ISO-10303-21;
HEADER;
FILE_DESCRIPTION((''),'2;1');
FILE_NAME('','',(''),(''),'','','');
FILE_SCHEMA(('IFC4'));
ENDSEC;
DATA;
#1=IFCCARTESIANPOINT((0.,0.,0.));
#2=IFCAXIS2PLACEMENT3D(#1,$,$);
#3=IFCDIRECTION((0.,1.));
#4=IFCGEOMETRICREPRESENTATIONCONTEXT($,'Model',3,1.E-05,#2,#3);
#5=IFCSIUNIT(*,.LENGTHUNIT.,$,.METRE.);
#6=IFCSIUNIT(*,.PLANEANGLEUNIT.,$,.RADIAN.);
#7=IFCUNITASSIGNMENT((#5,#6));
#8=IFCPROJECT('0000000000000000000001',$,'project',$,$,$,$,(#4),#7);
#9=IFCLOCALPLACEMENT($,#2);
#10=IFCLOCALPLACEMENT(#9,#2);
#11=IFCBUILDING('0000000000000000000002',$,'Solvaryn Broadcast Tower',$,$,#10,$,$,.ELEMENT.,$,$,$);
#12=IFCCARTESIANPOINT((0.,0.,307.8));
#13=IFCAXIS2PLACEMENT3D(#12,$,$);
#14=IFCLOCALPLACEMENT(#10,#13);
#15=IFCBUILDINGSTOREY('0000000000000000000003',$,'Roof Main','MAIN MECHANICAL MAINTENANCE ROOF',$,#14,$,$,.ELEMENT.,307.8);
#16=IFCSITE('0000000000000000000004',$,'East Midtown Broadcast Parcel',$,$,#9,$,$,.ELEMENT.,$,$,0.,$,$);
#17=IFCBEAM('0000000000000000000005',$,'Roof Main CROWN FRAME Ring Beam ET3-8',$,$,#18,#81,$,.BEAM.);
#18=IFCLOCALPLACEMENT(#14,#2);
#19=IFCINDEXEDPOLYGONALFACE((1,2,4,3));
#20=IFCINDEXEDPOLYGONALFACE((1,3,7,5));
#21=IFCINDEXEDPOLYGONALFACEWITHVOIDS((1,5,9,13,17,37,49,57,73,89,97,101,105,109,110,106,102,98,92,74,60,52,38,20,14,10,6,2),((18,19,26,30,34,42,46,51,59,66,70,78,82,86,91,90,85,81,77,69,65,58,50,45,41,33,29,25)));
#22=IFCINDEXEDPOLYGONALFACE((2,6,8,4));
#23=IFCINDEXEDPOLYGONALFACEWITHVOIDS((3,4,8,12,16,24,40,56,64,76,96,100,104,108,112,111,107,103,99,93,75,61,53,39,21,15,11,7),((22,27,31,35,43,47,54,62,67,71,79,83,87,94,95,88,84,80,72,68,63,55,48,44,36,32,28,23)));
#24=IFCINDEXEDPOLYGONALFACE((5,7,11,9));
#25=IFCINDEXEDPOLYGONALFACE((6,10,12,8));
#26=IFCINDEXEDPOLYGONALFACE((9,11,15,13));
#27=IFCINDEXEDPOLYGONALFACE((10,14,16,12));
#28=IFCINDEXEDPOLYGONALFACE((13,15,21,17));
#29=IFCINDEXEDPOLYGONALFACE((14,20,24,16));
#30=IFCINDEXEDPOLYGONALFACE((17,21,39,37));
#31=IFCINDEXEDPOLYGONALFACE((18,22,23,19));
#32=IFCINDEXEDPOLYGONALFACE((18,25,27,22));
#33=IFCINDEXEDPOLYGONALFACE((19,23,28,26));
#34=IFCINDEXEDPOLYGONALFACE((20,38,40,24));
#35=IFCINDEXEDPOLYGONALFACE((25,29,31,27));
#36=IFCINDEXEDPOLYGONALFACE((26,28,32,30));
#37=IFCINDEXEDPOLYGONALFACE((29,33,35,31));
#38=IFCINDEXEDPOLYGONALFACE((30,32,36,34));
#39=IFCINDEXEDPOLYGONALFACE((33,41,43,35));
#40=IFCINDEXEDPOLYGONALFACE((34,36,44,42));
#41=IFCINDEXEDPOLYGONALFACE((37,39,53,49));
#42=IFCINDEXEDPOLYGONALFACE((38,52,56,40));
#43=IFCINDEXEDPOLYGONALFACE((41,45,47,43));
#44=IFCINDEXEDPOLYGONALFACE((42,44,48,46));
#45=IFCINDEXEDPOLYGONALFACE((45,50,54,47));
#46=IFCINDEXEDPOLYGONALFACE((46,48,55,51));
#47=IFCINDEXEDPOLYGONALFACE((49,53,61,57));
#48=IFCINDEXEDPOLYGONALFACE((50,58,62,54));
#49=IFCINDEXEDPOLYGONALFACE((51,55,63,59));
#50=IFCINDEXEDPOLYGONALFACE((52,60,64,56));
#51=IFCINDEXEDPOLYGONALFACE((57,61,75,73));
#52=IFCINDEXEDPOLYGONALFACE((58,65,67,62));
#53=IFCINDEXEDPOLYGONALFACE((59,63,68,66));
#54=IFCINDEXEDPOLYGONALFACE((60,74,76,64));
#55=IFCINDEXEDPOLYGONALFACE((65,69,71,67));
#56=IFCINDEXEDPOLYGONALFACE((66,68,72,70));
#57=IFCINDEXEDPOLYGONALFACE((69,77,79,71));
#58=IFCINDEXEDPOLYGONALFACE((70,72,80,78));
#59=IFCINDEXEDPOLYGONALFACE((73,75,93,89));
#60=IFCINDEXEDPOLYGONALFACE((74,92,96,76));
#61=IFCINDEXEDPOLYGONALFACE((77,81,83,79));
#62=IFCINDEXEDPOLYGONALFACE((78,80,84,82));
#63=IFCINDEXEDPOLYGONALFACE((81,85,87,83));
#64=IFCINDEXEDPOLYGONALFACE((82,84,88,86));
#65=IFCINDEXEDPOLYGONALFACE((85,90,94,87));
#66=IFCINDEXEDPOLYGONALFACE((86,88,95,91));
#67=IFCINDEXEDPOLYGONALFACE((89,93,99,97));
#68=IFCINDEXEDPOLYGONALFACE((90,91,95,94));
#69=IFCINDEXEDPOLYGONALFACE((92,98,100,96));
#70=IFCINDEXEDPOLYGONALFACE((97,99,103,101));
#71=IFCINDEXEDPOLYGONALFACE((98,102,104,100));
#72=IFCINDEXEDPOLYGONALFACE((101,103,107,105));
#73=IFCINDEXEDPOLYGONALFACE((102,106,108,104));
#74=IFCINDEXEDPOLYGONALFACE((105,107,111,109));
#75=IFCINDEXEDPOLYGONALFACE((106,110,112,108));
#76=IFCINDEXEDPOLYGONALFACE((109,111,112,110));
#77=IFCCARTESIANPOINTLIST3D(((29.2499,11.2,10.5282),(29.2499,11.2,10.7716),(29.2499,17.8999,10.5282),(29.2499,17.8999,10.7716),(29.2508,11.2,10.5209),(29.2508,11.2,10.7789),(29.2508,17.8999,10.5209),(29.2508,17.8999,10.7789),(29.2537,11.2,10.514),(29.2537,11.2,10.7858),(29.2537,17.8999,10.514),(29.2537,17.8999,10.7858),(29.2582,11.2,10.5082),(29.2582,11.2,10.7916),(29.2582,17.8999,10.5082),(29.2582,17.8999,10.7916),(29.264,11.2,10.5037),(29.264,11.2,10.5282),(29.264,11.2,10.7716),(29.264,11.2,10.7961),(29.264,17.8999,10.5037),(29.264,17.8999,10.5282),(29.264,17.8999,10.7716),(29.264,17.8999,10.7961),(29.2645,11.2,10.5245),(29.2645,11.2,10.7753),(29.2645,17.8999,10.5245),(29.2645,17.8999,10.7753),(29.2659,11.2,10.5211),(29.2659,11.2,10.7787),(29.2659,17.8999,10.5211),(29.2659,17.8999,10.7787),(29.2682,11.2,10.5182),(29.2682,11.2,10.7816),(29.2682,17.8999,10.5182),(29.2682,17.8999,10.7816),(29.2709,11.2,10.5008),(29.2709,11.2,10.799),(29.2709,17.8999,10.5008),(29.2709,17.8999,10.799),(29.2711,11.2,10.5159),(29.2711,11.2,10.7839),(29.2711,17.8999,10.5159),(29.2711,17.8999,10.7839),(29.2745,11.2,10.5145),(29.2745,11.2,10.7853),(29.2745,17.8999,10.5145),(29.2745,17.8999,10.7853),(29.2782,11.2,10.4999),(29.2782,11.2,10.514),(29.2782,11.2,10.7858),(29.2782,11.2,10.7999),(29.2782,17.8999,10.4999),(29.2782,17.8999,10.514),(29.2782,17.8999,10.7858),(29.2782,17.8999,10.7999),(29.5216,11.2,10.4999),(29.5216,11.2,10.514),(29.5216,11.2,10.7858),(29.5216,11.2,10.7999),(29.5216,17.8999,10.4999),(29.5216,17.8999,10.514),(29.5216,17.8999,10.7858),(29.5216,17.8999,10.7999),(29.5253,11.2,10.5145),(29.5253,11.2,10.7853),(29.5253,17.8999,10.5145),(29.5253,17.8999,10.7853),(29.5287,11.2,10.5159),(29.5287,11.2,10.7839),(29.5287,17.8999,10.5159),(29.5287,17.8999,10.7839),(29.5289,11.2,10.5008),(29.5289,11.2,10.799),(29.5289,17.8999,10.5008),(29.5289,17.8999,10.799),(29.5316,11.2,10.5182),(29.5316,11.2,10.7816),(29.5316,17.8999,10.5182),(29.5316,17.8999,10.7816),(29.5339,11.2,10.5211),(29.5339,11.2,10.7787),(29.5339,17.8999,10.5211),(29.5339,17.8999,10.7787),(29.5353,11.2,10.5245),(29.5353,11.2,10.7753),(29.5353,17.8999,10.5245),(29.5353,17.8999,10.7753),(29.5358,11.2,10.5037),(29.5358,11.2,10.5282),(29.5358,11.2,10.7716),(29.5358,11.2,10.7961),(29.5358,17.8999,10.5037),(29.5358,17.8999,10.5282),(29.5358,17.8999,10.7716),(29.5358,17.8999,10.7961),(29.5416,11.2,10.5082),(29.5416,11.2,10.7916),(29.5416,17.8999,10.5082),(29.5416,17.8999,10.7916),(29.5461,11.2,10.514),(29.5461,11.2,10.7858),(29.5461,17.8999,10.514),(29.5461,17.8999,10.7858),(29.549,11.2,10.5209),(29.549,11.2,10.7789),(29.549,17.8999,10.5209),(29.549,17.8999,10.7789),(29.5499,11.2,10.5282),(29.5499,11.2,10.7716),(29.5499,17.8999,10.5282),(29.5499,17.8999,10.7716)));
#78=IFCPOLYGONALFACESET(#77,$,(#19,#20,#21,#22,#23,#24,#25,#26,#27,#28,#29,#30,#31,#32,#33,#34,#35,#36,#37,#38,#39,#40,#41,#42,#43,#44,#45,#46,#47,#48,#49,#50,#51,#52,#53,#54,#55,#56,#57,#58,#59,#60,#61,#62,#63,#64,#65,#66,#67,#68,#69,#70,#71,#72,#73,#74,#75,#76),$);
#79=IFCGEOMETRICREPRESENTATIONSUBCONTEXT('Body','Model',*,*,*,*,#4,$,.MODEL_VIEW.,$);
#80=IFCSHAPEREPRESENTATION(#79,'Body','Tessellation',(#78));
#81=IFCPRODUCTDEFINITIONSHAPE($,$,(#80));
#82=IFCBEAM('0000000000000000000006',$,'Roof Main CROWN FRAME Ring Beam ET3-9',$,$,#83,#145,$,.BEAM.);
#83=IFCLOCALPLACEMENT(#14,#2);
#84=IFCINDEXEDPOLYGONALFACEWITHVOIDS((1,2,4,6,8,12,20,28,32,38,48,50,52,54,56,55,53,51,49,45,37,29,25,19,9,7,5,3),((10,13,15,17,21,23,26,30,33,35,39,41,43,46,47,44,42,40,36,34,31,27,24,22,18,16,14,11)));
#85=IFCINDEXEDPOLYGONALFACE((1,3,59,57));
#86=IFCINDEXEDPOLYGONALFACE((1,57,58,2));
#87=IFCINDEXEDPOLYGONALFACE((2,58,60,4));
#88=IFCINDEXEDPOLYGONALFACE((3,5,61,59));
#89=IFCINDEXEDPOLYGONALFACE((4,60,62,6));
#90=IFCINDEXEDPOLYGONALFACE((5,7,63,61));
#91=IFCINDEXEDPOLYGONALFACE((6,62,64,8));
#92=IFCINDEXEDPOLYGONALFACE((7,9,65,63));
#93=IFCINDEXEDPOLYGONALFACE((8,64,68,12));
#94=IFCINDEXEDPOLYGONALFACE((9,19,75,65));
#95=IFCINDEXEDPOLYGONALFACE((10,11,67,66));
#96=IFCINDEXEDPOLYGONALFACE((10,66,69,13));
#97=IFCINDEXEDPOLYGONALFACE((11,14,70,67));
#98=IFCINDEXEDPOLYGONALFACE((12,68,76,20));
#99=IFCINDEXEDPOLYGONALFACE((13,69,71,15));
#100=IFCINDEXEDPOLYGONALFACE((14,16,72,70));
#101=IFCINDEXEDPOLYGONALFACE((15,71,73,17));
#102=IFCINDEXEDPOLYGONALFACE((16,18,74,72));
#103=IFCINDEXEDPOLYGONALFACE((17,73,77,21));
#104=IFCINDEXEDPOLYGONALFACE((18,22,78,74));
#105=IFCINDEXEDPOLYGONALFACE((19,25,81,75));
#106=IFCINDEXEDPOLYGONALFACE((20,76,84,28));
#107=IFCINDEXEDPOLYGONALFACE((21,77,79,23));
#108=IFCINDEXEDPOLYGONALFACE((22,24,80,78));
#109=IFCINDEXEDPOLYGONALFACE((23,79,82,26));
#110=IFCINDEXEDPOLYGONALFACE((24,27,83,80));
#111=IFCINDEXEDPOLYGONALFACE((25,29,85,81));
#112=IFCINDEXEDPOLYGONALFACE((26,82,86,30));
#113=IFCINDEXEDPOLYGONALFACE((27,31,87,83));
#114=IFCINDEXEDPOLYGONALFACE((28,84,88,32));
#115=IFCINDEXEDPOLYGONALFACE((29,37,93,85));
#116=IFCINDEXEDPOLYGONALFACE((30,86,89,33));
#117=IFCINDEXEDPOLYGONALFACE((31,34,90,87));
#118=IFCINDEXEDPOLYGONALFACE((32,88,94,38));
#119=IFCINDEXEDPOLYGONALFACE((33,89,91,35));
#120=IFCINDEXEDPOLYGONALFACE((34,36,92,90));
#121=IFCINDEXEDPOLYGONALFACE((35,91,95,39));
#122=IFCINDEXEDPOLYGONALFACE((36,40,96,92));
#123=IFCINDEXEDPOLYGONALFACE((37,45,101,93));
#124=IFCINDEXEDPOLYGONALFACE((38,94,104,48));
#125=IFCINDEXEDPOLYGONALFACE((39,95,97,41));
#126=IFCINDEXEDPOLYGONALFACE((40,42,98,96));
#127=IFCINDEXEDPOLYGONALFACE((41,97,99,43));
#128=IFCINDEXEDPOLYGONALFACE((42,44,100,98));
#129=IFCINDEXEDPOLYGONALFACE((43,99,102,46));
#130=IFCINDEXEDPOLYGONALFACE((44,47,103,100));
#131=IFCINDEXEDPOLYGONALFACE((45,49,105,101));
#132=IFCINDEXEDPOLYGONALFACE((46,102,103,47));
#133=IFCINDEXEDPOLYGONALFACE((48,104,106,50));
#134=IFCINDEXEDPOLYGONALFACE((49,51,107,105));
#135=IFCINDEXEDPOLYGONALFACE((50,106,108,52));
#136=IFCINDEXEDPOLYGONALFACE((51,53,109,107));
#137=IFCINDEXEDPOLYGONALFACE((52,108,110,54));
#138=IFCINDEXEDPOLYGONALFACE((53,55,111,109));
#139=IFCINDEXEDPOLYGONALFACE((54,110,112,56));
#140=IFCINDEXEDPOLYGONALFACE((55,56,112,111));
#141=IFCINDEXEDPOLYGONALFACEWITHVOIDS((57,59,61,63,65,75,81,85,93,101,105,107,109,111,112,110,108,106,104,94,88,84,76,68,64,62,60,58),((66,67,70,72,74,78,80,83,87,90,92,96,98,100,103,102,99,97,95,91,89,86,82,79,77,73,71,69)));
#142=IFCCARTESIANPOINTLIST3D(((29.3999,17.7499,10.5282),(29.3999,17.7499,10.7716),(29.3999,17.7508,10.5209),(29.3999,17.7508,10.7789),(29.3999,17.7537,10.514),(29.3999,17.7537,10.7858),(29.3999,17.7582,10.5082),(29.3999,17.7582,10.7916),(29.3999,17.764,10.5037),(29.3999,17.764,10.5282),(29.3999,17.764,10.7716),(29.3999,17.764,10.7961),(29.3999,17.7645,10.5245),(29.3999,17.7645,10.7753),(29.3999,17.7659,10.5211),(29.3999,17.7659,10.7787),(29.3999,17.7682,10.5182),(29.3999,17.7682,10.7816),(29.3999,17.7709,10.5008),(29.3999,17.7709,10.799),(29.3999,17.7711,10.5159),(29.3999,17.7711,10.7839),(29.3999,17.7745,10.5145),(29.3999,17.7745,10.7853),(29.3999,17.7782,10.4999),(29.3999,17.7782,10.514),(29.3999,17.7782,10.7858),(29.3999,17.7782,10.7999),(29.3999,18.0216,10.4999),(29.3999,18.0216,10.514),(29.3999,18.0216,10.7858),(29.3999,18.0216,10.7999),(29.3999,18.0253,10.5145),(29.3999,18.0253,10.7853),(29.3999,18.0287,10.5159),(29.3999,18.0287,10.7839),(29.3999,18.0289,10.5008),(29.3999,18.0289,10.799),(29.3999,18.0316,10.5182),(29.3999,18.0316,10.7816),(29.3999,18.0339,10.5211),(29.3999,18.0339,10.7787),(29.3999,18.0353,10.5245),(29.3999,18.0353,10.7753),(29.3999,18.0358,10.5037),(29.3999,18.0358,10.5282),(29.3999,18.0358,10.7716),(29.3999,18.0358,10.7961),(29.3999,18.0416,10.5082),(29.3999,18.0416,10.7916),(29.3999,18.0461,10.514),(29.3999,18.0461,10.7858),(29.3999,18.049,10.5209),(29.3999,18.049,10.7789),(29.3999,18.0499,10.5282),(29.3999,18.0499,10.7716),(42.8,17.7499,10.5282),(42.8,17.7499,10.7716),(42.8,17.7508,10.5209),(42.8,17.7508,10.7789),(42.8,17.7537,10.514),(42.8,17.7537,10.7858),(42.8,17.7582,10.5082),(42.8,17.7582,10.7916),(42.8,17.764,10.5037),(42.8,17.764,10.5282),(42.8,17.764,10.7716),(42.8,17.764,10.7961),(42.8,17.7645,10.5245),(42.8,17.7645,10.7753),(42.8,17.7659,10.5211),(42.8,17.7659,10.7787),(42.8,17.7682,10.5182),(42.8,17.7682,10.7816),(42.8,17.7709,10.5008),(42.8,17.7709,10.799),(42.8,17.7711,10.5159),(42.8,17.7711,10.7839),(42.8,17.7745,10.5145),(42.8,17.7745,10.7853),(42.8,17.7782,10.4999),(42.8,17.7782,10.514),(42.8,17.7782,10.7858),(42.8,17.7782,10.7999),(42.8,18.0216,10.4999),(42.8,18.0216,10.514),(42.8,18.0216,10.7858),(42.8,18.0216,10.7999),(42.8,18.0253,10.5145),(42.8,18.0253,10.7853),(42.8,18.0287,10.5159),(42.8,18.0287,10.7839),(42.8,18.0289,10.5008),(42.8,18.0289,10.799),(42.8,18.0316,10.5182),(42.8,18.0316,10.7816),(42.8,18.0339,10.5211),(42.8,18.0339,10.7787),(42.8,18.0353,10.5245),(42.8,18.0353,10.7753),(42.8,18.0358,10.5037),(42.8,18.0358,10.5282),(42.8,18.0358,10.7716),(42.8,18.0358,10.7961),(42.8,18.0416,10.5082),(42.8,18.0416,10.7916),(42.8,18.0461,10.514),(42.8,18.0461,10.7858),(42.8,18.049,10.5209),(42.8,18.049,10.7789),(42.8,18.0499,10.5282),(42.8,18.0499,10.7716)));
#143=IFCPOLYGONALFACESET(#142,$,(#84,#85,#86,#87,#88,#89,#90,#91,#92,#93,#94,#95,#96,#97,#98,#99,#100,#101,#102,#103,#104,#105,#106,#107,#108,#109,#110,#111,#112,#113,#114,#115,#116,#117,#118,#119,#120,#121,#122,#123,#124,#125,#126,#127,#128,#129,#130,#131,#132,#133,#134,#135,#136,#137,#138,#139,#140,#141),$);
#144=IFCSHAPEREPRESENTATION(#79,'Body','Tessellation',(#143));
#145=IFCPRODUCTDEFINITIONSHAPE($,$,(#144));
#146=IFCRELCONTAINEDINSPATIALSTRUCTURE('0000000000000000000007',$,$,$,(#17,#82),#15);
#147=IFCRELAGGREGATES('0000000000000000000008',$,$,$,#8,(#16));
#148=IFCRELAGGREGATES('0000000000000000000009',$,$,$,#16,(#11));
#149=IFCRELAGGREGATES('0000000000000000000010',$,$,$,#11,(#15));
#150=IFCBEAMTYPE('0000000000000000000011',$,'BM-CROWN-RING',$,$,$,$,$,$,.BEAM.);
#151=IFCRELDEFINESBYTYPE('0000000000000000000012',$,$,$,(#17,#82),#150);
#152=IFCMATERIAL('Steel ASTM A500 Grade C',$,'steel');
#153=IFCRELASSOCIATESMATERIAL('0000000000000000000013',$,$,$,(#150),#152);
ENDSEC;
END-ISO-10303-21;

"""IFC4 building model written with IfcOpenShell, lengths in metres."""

from ifc_helpers import new_model, si_unit, direction, frame, origin, origin_2d, place, context, subcontext, project, spatial, hollow_rectangle, extrude, material, material_profile, profile_set, type_object, element, save


model = new_model("IFC4")

# Units and contexts
model_context = context("Model", 3, precision=1e-05, world=origin(), true_north=direction((0.0, 1.0)))
body_context = subcontext(model_context, "Body", "Model", "MODEL_VIEW")
ifc_project = project(units=[si_unit("LENGTHUNIT", "METRE"), si_unit("PLANEANGLEUNIT", "RADIAN")], contexts=[model_context])

# Site, building, storey
site_placement = place(None, origin())
site = spatial("IfcSite", under=ifc_project, at=site_placement, Name="East Midtown Broadcast Parcel", CompositionType="ELEMENT", RefElevation=0.0)
building_placement = place(site_placement, origin())
building = spatial("IfcBuilding", under=site, at=building_placement, Name="Solvaryn Broadcast Tower", CompositionType="ELEMENT")
storey_placement = place(building_placement, frame((0.0, 0.0, 307.8)))
storey = spatial("IfcBuildingStorey", under=building, at=storey_placement, Name="Roof Main", Description="MAIN MECHANICAL MAINTENANCE ROOF", CompositionType="ELEMENT", Elevation=307.8)

# Beams
ifc_material_1 = material(Name="Steel ASTM A500 Grade C", Category="steel")
ifc_material_profile_1 = material_profile(ifc_material_1, hollow_rectangle(XDim=0.3, YDim=0.3, WallThickness=0.0142, InnerFilletRadius=0.0142, OuterFilletRadius=0.0283, at=origin_2d()))
ifc_profile_set_1 = profile_set([ifc_material_profile_1], Name="Steel ASTM A500 Grade C")
beam_type_1 = type_object("IfcBeamType", Name="BM-CROWN-RING", PredefinedType="BEAM", material=ifc_profile_set_1)
beam_1_placement = place(storey_placement, frame((29.3999, 17.8999, 10.6499), z_axis=(0.0, -1.0, 0.0), x_axis=(1.0, 0.0, 0.0)))
element("IfcBeam", 1, at=beam_1_placement, inside=storey, type_object=beam_type_1, Name="Roof Main CROWN FRAME Ring Beam ET3-8", PredefinedType="BEAM", context=body_context, shape_type="SweptSolid", body=[
    extrude(hollow_rectangle(XDim=0.3, YDim=0.3, WallThickness=0.0142, InnerFilletRadius=0.0142, OuterFilletRadius=0.0283, at=origin_2d()), origin(), (0.0, 0.0, 1.0), 6.7),
])
beam_2_placement = place(storey_placement, frame((29.3999, 17.8999, 10.6499), z_axis=(1.0, 0.0, 0.0), x_axis=(0.0, 1.0, 0.0)))
element("IfcBeam", 2, at=beam_2_placement, inside=storey, type_object=beam_type_1, Name="Roof Main CROWN FRAME Ring Beam ET3-9", PredefinedType="BEAM", context=body_context, shape_type="SweptSolid", body=[
    extrude(hollow_rectangle(XDim=0.3, YDim=0.3, WallThickness=0.0142, InnerFilletRadius=0.0142, OuterFilletRadius=0.0283, at=origin_2d()), origin(), (0.0, 0.0, 1.0), 13.4001),
])

save(model, "model.ifc")
